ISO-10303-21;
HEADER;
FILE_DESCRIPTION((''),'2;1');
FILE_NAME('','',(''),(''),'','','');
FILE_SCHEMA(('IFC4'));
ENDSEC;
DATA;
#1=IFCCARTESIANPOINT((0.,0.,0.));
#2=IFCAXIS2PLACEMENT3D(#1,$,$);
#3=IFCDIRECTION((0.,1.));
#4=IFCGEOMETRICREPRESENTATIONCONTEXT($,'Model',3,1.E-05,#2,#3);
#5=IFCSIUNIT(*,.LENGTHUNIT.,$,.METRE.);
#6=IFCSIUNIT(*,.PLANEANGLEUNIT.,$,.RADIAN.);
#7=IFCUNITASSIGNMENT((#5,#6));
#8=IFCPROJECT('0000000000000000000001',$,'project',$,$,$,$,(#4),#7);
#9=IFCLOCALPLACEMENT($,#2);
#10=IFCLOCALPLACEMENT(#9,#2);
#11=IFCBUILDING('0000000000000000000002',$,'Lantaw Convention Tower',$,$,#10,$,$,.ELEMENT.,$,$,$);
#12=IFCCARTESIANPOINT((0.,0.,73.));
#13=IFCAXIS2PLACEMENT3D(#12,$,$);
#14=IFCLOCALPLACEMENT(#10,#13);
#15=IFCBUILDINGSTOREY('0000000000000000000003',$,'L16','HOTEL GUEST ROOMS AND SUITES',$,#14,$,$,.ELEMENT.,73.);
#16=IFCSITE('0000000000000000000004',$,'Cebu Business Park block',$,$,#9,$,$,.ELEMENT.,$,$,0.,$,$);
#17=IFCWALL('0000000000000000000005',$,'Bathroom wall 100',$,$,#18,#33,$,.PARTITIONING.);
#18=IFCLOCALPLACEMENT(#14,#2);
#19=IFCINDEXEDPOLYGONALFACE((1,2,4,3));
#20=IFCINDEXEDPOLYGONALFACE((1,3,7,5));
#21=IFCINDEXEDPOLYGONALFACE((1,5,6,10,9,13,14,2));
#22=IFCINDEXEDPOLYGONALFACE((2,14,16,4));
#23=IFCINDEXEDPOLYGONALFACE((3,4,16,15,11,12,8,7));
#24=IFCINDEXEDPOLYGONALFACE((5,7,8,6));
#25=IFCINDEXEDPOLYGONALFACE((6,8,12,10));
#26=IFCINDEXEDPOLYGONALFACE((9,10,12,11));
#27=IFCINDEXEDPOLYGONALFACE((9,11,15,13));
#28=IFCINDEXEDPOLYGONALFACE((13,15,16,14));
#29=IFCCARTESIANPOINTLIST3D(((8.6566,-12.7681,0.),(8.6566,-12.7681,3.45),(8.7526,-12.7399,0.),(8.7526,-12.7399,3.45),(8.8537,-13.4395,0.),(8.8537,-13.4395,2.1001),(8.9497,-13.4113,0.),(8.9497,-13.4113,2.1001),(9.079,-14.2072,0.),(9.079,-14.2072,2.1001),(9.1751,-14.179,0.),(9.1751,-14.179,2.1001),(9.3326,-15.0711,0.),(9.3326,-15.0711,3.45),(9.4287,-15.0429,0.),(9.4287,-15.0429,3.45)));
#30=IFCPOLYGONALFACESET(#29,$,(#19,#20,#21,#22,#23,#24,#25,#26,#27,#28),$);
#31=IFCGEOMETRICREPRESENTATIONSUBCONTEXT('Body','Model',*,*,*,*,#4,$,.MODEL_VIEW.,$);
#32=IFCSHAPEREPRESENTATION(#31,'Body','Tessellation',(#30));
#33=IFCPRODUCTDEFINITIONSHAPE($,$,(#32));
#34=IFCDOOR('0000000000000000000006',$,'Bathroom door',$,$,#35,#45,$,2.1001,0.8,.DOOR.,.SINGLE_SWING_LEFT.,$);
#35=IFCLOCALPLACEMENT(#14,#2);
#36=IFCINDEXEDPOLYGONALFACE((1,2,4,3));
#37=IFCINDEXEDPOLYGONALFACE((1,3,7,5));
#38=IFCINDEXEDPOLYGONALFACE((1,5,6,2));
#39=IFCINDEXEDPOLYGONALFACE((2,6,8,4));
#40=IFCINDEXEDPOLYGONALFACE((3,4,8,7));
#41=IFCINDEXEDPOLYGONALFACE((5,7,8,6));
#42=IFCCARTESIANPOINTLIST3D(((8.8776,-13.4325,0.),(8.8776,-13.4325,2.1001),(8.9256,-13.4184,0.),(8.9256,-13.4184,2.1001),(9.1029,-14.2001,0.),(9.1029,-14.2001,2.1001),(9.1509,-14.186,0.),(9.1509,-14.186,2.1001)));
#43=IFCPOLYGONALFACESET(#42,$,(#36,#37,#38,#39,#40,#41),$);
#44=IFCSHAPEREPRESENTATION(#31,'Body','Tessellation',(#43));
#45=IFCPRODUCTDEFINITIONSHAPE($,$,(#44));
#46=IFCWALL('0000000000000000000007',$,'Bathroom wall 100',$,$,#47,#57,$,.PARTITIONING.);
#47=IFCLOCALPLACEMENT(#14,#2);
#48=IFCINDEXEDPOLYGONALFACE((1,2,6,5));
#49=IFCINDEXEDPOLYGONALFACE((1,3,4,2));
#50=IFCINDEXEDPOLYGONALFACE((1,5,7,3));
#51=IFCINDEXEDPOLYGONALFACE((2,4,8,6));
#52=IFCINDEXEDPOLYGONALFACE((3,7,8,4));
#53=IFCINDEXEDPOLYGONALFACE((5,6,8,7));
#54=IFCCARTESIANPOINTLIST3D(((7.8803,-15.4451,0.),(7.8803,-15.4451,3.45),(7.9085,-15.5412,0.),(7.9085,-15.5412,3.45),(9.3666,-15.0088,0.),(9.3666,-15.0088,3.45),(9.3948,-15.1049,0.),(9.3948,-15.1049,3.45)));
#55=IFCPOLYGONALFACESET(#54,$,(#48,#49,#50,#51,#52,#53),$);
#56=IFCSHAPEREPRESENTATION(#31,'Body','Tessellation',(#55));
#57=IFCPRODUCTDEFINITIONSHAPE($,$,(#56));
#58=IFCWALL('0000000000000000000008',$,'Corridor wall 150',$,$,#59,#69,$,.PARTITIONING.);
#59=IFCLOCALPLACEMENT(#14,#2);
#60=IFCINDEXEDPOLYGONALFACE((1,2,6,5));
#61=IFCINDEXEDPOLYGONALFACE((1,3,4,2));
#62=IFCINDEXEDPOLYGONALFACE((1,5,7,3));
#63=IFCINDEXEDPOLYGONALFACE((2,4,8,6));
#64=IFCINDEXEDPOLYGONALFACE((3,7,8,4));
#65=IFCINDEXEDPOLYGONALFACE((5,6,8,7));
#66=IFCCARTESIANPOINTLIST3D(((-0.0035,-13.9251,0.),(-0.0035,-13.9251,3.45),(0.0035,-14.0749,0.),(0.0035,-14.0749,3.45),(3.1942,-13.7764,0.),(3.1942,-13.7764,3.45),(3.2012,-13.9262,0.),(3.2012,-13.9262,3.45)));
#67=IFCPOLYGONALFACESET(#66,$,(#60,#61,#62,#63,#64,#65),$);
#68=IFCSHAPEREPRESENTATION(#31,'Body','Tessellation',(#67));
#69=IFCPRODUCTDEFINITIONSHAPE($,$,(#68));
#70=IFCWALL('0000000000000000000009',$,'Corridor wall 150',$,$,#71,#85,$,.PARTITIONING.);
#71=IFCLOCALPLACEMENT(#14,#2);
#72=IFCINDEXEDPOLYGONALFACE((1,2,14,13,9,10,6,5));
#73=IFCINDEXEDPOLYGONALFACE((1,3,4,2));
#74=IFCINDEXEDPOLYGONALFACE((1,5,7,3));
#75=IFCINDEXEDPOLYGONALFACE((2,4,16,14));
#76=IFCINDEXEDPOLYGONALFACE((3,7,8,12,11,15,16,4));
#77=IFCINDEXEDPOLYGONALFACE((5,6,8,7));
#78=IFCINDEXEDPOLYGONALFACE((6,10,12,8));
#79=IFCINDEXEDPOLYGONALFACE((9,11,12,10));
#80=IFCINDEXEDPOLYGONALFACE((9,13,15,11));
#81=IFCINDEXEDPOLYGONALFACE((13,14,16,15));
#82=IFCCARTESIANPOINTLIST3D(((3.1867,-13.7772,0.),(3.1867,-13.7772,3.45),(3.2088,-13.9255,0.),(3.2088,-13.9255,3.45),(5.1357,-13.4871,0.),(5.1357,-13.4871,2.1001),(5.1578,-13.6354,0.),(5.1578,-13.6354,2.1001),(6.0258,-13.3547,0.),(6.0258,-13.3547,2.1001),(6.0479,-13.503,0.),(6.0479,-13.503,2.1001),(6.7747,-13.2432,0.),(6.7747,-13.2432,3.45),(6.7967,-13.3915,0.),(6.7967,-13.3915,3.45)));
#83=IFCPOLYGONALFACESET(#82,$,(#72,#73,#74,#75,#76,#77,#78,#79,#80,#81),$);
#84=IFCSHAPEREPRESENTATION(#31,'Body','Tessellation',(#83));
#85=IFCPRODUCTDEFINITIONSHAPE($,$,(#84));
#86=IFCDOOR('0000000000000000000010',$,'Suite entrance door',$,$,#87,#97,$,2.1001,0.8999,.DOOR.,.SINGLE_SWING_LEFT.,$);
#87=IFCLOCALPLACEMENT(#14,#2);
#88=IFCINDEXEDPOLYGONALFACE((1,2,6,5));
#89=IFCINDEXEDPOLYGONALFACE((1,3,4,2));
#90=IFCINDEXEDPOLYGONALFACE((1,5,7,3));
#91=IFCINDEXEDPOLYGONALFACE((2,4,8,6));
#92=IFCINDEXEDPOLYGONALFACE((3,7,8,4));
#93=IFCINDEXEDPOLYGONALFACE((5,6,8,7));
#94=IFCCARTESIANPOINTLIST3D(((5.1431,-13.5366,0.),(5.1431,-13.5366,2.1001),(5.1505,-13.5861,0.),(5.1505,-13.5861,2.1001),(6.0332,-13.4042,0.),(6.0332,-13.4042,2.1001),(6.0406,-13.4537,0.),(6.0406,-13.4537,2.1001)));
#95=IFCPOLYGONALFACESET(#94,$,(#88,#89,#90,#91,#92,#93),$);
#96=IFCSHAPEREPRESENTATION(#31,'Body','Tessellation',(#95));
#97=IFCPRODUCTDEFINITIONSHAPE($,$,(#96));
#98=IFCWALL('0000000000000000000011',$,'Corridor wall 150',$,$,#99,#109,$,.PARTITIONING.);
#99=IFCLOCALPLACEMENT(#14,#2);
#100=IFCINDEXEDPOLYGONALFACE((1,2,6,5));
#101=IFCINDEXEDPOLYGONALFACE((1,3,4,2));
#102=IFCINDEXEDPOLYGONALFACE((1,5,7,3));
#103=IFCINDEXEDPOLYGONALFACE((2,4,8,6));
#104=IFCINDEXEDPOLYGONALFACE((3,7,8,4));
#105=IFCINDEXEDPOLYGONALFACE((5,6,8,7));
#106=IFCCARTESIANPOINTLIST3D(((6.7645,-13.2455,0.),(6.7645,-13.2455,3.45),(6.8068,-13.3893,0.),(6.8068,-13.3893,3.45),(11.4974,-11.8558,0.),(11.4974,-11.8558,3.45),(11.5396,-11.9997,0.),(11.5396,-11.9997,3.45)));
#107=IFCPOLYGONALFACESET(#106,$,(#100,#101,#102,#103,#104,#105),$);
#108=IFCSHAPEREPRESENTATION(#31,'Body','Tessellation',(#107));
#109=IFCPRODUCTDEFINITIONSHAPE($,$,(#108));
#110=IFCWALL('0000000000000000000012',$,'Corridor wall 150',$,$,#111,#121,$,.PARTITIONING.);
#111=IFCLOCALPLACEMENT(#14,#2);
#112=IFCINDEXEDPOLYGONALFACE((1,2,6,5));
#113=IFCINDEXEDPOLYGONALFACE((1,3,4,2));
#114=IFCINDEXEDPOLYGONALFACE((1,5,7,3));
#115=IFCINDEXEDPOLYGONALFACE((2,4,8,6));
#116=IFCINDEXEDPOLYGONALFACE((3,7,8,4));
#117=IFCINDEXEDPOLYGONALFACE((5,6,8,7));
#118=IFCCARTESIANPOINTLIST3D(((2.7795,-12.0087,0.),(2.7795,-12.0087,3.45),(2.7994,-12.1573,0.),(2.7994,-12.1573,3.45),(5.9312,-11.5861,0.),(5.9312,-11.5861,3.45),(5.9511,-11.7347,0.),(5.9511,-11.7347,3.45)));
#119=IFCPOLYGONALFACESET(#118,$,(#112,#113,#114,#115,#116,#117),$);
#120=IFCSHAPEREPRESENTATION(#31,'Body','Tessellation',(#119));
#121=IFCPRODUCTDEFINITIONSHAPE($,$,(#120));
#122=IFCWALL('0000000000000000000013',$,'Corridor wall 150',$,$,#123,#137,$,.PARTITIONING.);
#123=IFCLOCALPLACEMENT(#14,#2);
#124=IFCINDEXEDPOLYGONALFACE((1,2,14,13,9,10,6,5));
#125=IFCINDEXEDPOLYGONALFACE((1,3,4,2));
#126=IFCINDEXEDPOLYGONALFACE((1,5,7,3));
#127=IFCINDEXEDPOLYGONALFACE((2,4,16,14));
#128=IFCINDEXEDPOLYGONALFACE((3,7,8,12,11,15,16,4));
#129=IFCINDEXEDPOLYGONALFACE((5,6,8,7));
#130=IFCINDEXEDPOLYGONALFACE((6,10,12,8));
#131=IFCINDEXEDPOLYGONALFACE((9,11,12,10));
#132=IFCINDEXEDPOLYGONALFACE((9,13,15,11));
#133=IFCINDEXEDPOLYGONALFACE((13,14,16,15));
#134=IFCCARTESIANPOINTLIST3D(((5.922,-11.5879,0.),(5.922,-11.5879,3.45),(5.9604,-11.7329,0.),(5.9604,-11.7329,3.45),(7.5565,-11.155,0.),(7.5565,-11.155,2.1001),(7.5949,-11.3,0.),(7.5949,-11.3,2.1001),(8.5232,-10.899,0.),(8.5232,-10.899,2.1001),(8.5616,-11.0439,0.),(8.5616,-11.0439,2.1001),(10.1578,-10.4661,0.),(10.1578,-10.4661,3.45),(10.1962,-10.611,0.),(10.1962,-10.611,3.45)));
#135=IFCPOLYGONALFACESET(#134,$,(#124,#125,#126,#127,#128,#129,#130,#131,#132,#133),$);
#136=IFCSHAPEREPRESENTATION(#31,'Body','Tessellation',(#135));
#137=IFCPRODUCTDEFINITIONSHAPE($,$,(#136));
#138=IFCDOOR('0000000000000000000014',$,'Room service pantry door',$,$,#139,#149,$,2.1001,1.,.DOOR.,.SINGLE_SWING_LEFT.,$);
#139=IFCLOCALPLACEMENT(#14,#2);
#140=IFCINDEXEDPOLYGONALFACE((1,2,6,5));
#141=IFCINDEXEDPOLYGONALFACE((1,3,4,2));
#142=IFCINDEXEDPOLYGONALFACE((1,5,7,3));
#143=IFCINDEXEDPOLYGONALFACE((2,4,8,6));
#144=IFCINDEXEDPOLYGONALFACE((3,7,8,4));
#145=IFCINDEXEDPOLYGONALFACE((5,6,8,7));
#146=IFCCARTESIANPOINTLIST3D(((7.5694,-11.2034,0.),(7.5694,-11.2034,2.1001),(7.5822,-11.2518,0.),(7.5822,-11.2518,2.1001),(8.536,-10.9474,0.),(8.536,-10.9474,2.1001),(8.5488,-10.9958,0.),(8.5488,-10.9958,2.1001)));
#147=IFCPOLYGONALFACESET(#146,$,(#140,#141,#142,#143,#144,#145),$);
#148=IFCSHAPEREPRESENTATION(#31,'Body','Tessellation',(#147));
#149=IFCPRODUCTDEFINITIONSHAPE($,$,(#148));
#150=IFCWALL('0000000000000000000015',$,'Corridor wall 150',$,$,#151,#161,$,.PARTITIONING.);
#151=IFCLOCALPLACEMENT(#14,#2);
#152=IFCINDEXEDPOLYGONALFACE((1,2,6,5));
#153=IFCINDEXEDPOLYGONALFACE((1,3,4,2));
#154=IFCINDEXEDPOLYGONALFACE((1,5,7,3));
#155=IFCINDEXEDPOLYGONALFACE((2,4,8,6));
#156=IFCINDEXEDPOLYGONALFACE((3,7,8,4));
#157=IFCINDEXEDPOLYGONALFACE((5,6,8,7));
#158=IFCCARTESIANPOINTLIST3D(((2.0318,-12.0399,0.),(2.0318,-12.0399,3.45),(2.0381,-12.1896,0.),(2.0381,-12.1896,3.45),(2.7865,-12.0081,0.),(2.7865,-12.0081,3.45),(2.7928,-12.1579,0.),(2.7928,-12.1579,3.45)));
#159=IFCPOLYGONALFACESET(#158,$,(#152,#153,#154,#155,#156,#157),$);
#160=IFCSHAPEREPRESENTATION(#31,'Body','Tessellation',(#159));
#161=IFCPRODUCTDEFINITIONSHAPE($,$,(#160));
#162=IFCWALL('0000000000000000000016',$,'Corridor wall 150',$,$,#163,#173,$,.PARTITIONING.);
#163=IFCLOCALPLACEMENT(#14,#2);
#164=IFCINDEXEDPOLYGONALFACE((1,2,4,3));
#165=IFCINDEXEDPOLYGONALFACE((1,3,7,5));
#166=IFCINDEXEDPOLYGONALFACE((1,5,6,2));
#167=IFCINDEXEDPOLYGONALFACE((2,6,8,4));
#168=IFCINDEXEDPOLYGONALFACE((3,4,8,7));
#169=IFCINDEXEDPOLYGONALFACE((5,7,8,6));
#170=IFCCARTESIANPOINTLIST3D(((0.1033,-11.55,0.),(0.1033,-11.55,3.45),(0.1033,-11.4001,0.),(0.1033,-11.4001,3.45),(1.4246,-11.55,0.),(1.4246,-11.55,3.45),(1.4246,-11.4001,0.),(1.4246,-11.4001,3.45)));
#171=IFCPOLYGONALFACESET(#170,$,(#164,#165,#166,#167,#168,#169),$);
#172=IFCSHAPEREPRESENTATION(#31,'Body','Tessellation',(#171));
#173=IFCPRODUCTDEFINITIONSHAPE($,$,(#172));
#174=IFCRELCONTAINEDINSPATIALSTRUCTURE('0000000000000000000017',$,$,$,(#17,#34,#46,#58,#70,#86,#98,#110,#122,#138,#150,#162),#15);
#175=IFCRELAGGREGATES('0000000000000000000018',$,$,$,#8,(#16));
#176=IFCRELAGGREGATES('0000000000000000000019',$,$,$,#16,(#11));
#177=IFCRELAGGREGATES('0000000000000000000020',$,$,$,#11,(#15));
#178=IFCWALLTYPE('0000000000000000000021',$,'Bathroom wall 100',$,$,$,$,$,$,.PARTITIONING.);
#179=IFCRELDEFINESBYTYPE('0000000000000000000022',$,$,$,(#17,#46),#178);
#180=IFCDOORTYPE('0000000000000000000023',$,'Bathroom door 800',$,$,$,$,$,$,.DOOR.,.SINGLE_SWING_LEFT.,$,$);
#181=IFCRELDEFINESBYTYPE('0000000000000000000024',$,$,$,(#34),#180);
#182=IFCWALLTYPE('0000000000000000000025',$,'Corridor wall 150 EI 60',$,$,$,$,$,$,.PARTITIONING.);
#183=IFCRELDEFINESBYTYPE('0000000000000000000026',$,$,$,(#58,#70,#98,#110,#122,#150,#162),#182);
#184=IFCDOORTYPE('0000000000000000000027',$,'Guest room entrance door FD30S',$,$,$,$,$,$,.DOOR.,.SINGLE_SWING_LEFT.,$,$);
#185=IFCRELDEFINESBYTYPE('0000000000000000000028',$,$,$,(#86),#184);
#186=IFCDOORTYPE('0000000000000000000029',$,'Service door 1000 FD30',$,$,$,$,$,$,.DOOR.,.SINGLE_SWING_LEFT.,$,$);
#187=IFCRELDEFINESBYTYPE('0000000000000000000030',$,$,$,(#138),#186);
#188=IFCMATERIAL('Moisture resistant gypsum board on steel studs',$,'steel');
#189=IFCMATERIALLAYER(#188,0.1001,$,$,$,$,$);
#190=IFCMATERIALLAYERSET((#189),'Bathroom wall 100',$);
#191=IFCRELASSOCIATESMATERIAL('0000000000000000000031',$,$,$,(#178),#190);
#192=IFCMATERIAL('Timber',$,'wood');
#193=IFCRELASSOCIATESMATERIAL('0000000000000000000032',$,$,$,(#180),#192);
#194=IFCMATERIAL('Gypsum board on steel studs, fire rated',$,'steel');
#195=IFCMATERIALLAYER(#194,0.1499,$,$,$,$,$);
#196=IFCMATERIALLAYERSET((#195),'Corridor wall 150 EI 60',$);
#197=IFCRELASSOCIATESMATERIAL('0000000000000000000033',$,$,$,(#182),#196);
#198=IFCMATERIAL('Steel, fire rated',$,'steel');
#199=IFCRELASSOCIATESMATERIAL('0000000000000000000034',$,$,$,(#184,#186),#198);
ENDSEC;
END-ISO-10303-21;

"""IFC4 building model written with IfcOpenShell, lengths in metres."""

from ifc_helpers import new_model, si_unit, direction, frame, frame_2d, origin, place, context, subcontext, project, spatial, rectangle, extrude, material, layer, layer_set, type_object, element, fill, save


model = new_model("IFC4")

# Units and contexts
model_context = context("Model", 3, precision=1e-05, world=origin(), true_north=direction((0.0, 1.0)))
body_context = subcontext(model_context, "Body", "Model", "MODEL_VIEW")
ifc_project = project(units=[si_unit("LENGTHUNIT", "METRE"), si_unit("PLANEANGLEUNIT", "RADIAN")], contexts=[model_context])

# Site, building, storey
site_placement = place(None, origin())
site = spatial("IfcSite", under=ifc_project, at=site_placement, Name="Cebu Business Park block", CompositionType="ELEMENT", RefElevation=0.0)
building_placement = place(site_placement, origin())
building = spatial("IfcBuilding", under=site, at=building_placement, Name="Lantaw Convention Tower", CompositionType="ELEMENT")
storey_placement = place(building_placement, frame((0.0, 0.0, 73.0)))
storey = spatial("IfcBuildingStorey", under=building, at=storey_placement, Name="L16", Description="HOTEL GUEST ROOMS AND SUITES", CompositionType="ELEMENT", Elevation=73.0)

# Shared definitions
ifc_material_1 = material(Name="Moisture resistant gypsum board on steel studs", Category="steel")
ifc_layer_1 = layer(ifc_material_1, 0.1001)
ifc_layer_set_1 = layer_set([ifc_layer_1], Name="Bathroom wall 100")
wall_type_1 = type_object("IfcWallType", Name="Bathroom wall 100", PredefinedType="PARTITIONING", material=ifc_layer_set_1)
ifc_material_2 = material(Name="Timber", Category="wood")
door_type_1 = type_object("IfcDoorType", Name="Bathroom door 800", OperationType="SINGLE_SWING_LEFT", PredefinedType="DOOR", material=ifc_material_2)

# Wall, opening, door
wall_1_placement = place(storey_placement, frame((8.7046, -12.7539, 0.0), z_axis=(0.0, 0.0, 1.0), x_axis=(0.28166, -0.959514, 0.0)))
wall_1 = element("IfcWall", 1, at=wall_1_placement, inside=storey, type_object=wall_type_1, Name="Bathroom wall 100", PredefinedType="PARTITIONING", context=body_context, shape_type="SweptSolid", body=[
    extrude(rectangle(XDim=2.4001, YDim=0.1001, at=frame_2d((1.2002, 0.0))), origin(), (0.0, 0.0, 1.0), 3.45),
])
opening_1_placement = place(wall_1_placement, frame((0.7, 0.0, 0.0)))
opening_1 = element("IfcOpeningElement", 2, at=opening_1_placement, cuts=wall_1, PredefinedType="OPENING", context=body_context, shape_type="SweptSolid", body=[
    extrude(rectangle(XDim=0.8, YDim=2.1001, at=frame_2d((0.3999, 1.05))), frame((0.0, 0.0601, 0.0), z_axis=(0.0, -1.0, 0.0), x_axis=(1.0, 0.0, 0.0)), (0.0, 0.0, 1.0), 0.1201),
])
door_1_placement = place(opening_1_placement, origin())
door_1 = element("IfcDoor", 3, at=door_1_placement, inside=storey, type_object=door_type_1, Name="Bathroom door", OperationType="SINGLE_SWING_LEFT", OverallHeight=2.1001, OverallWidth=0.8, PredefinedType="DOOR", context=body_context, shape_type="SweptSolid", body=[
    extrude(rectangle(XDim=0.8, YDim=2.1001, at=frame_2d((0.3999, 1.05))), frame((0.0, 0.0249, 0.0), z_axis=(0.0, -1.0, 0.0), x_axis=(1.0, 0.0, 0.0)), (0.0, 0.0, 1.0), 0.05),
])
fill(opening_1, door_1)

# Walls
wall_2_placement = place(storey_placement, frame((9.3806, -15.0569, 0.0), z_axis=(0.0, 0.0, 1.0), x_axis=(-0.959518, -0.281646, 0.0)))
element("IfcWall", 4, at=wall_2_placement, inside=storey, type_object=wall_type_1, Name="Bathroom wall 100", PredefinedType="PARTITIONING", context=body_context, shape_type="SweptSolid", body=[
    extrude(rectangle(XDim=1.5491, YDim=0.1001, at=frame_2d((0.7744, 0.0))), origin(), (0.0, 0.0, 1.0), 3.45),
])
ifc_material_3 = material(Name="Gypsum board on steel studs, fire rated", Category="steel")
ifc_layer_2 = layer(ifc_material_3, 0.1499)
ifc_layer_set_2 = layer_set([ifc_layer_2], Name="Corridor wall 150 EI 60")
wall_type_2 = type_object("IfcWallType", Name="Corridor wall 150 EI 60", PredefinedType="PARTITIONING", material=ifc_layer_set_2)
wall_3_placement = place(storey_placement, frame((0.0, -14.0, 0.0), z_axis=(0.0, 0.0, 1.0), x_axis=(0.998921, 0.046445, 0.0)))
element("IfcWall", 5, at=wall_3_placement, inside=storey, type_object=wall_type_2, Name="Corridor wall 150", PredefinedType="PARTITIONING", context=body_context, shape_type="SweptSolid", body=[
    extrude(rectangle(XDim=3.2012, YDim=0.1499, at=frame_2d((1.6006, 0.0))), origin(), (0.0, 0.0, 1.0), 3.45),
])

# Wall, opening, door
wall_4_placement = place(storey_placement, frame((3.1978, -13.8513, 0.0), z_axis=(0.0, 0.0, 1.0), x_axis=(0.989107, 0.147195, 0.0)))
wall_4 = element("IfcWall", 6, at=wall_4_placement, inside=storey, type_object=wall_type_2, Name="Corridor wall 150", PredefinedType="PARTITIONING", context=body_context, shape_type="SweptSolid", body=[
    extrude(rectangle(XDim=3.6274, YDim=0.1499, at=frame_2d((1.8137, 0.0))), origin(), (0.0, 0.0, 1.0), 3.45),
])
opening_2_placement = place(wall_4_placement, frame((1.9705, 0.0, 0.0)))
opening_2 = element("IfcOpeningElement", 7, at=opening_2_placement, cuts=wall_4, PredefinedType="OPENING", context=body_context, shape_type="SweptSolid", body=[
    extrude(rectangle(XDim=0.8999, YDim=2.1001, at=frame_2d((0.45, 1.05))), frame((0.0, 0.085, 0.0), z_axis=(0.0, -1.0, 0.0), x_axis=(1.0, 0.0, 0.0)), (0.0, 0.0, 1.0), 0.1699),
])
ifc_material_4 = material(Name="Steel, fire rated", Category="steel")
door_type_2 = type_object("IfcDoorType", Name="Guest room entrance door FD30S", OperationType="SINGLE_SWING_LEFT", PredefinedType="DOOR", material=ifc_material_4)
door_2_placement = place(opening_2_placement, origin())
door_2 = element("IfcDoor", 8, at=door_2_placement, inside=storey, type_object=door_type_2, Name="Suite entrance door", OperationType="SINGLE_SWING_LEFT", OverallHeight=2.1001, OverallWidth=0.8999, PredefinedType="DOOR", context=body_context, shape_type="SweptSolid", body=[
    extrude(rectangle(XDim=0.8999, YDim=2.1001, at=frame_2d((0.45, 1.05))), frame((0.0, 0.0249, 0.0), z_axis=(0.0, -1.0, 0.0), x_axis=(1.0, 0.0, 0.0)), (0.0, 0.0, 1.0), 0.05),
])
fill(opening_2, door_2)

# Walls
wall_5_placement = place(storey_placement, frame((6.7856, -13.3174, 0.0), z_axis=(0.0, 0.0, 1.0), x_axis=(0.959496, 0.281721, 0.0)))
element("IfcWall", 9, at=wall_5_placement, inside=storey, type_object=wall_type_2, Name="Corridor wall 150", PredefinedType="PARTITIONING", context=body_context, shape_type="SweptSolid", body=[
    extrude(rectangle(XDim=4.9326, YDim=0.1499, at=frame_2d((2.4663, 0.0))), origin(), (0.0, 0.0, 1.0), 3.45),
])
wall_6_placement = place(storey_placement, frame((2.7896, -12.083, 0.0), z_axis=(0.0, 0.0, 1.0), x_axis=(0.991129, 0.132903, 0.0)))
element("IfcWall", 10, at=wall_6_placement, inside=storey, type_object=wall_type_2, Name="Corridor wall 150", PredefinedType="PARTITIONING", context=body_context, shape_type="SweptSolid", body=[
    extrude(rectangle(XDim=3.1799, YDim=0.1499, at=frame_2d((1.5898, 0.0))), origin(), (0.0, 0.0, 1.0), 3.45),
])

# Wall, opening, door
wall_7_placement = place(storey_placement, frame((5.9412, -11.6604, 0.0), z_axis=(0.0, 0.0, 1.0), x_axis=(0.966673, 0.256015, 0.0)))
wall_7 = element("IfcWall", 11, at=wall_7_placement, inside=storey, type_object=wall_type_2, Name="Corridor wall 150", PredefinedType="PARTITIONING", context=body_context, shape_type="SweptSolid", body=[
    extrude(rectangle(XDim=4.3818, YDim=0.1499, at=frame_2d((2.1909, 0.0))), origin(), (0.0, 0.0, 1.0), 3.45),
])
opening_3_placement = place(wall_7_placement, frame((1.6909, 0.0, 0.0)))
opening_3 = element("IfcOpeningElement", 12, at=opening_3_placement, cuts=wall_7, PredefinedType="OPENING", context=body_context, shape_type="SweptSolid", body=[
    extrude(rectangle(XDim=1.0, YDim=2.1001, at=frame_2d((0.5, 1.05))), frame((0.0, 0.085, 0.0), z_axis=(0.0, -1.0, 0.0), x_axis=(1.0, 0.0, 0.0)), (0.0, 0.0, 1.0), 0.1699),
])
door_type_3 = type_object("IfcDoorType", Name="Service door 1000 FD30", OperationType="SINGLE_SWING_LEFT", PredefinedType="DOOR", material=ifc_material_4)
door_3_placement = place(opening_3_placement, origin())
door_3 = element("IfcDoor", 13, at=door_3_placement, inside=storey, type_object=door_type_3, Name="Room service pantry door", OperationType="SINGLE_SWING_LEFT", OverallHeight=2.1001, OverallWidth=1.0, PredefinedType="DOOR", context=body_context, shape_type="SweptSolid", body=[
    extrude(rectangle(XDim=1.0, YDim=2.1001, at=frame_2d((0.5, 1.05))), frame((0.0, 0.0249, 0.0), z_axis=(0.0, -1.0, 0.0), x_axis=(1.0, 0.0, 0.0)), (0.0, 0.0, 1.0), 0.05),
])
fill(opening_3, door_3)

# Walls
wall_8_placement = place(storey_placement, frame((2.0349, -12.1147, 0.0), z_axis=(0.0, 0.0, 1.0), x_axis=(0.999117, 0.04202, 0.0)))
element("IfcWall", 14, at=wall_8_placement, inside=storey, type_object=wall_type_2, Name="Corridor wall 150", PredefinedType="PARTITIONING", context=body_context, shape_type="SweptSolid", body=[
    extrude(rectangle(XDim=0.7554, YDim=0.1499, at=frame_2d((0.3777, 0.0))), origin(), (0.0, 0.0, 1.0), 3.45),
])
wall_9_placement = place(storey_placement, frame((0.1033, -11.4751, 0.0), z_axis=(0.0, 0.0, 1.0), x_axis=(1.0, 0.0, 0.0)))
element("IfcWall", 15, at=wall_9_placement, inside=storey, type_object=wall_type_2, Name="Corridor wall 150", PredefinedType="PARTITIONING", context=body_context, shape_type="SweptSolid", body=[
    extrude(rectangle(XDim=1.3213, YDim=0.1499, at=frame_2d((0.6606, 0.0))), origin(), (0.0, 0.0, 1.0), 3.45),
])

save(model, "model.ifc")
